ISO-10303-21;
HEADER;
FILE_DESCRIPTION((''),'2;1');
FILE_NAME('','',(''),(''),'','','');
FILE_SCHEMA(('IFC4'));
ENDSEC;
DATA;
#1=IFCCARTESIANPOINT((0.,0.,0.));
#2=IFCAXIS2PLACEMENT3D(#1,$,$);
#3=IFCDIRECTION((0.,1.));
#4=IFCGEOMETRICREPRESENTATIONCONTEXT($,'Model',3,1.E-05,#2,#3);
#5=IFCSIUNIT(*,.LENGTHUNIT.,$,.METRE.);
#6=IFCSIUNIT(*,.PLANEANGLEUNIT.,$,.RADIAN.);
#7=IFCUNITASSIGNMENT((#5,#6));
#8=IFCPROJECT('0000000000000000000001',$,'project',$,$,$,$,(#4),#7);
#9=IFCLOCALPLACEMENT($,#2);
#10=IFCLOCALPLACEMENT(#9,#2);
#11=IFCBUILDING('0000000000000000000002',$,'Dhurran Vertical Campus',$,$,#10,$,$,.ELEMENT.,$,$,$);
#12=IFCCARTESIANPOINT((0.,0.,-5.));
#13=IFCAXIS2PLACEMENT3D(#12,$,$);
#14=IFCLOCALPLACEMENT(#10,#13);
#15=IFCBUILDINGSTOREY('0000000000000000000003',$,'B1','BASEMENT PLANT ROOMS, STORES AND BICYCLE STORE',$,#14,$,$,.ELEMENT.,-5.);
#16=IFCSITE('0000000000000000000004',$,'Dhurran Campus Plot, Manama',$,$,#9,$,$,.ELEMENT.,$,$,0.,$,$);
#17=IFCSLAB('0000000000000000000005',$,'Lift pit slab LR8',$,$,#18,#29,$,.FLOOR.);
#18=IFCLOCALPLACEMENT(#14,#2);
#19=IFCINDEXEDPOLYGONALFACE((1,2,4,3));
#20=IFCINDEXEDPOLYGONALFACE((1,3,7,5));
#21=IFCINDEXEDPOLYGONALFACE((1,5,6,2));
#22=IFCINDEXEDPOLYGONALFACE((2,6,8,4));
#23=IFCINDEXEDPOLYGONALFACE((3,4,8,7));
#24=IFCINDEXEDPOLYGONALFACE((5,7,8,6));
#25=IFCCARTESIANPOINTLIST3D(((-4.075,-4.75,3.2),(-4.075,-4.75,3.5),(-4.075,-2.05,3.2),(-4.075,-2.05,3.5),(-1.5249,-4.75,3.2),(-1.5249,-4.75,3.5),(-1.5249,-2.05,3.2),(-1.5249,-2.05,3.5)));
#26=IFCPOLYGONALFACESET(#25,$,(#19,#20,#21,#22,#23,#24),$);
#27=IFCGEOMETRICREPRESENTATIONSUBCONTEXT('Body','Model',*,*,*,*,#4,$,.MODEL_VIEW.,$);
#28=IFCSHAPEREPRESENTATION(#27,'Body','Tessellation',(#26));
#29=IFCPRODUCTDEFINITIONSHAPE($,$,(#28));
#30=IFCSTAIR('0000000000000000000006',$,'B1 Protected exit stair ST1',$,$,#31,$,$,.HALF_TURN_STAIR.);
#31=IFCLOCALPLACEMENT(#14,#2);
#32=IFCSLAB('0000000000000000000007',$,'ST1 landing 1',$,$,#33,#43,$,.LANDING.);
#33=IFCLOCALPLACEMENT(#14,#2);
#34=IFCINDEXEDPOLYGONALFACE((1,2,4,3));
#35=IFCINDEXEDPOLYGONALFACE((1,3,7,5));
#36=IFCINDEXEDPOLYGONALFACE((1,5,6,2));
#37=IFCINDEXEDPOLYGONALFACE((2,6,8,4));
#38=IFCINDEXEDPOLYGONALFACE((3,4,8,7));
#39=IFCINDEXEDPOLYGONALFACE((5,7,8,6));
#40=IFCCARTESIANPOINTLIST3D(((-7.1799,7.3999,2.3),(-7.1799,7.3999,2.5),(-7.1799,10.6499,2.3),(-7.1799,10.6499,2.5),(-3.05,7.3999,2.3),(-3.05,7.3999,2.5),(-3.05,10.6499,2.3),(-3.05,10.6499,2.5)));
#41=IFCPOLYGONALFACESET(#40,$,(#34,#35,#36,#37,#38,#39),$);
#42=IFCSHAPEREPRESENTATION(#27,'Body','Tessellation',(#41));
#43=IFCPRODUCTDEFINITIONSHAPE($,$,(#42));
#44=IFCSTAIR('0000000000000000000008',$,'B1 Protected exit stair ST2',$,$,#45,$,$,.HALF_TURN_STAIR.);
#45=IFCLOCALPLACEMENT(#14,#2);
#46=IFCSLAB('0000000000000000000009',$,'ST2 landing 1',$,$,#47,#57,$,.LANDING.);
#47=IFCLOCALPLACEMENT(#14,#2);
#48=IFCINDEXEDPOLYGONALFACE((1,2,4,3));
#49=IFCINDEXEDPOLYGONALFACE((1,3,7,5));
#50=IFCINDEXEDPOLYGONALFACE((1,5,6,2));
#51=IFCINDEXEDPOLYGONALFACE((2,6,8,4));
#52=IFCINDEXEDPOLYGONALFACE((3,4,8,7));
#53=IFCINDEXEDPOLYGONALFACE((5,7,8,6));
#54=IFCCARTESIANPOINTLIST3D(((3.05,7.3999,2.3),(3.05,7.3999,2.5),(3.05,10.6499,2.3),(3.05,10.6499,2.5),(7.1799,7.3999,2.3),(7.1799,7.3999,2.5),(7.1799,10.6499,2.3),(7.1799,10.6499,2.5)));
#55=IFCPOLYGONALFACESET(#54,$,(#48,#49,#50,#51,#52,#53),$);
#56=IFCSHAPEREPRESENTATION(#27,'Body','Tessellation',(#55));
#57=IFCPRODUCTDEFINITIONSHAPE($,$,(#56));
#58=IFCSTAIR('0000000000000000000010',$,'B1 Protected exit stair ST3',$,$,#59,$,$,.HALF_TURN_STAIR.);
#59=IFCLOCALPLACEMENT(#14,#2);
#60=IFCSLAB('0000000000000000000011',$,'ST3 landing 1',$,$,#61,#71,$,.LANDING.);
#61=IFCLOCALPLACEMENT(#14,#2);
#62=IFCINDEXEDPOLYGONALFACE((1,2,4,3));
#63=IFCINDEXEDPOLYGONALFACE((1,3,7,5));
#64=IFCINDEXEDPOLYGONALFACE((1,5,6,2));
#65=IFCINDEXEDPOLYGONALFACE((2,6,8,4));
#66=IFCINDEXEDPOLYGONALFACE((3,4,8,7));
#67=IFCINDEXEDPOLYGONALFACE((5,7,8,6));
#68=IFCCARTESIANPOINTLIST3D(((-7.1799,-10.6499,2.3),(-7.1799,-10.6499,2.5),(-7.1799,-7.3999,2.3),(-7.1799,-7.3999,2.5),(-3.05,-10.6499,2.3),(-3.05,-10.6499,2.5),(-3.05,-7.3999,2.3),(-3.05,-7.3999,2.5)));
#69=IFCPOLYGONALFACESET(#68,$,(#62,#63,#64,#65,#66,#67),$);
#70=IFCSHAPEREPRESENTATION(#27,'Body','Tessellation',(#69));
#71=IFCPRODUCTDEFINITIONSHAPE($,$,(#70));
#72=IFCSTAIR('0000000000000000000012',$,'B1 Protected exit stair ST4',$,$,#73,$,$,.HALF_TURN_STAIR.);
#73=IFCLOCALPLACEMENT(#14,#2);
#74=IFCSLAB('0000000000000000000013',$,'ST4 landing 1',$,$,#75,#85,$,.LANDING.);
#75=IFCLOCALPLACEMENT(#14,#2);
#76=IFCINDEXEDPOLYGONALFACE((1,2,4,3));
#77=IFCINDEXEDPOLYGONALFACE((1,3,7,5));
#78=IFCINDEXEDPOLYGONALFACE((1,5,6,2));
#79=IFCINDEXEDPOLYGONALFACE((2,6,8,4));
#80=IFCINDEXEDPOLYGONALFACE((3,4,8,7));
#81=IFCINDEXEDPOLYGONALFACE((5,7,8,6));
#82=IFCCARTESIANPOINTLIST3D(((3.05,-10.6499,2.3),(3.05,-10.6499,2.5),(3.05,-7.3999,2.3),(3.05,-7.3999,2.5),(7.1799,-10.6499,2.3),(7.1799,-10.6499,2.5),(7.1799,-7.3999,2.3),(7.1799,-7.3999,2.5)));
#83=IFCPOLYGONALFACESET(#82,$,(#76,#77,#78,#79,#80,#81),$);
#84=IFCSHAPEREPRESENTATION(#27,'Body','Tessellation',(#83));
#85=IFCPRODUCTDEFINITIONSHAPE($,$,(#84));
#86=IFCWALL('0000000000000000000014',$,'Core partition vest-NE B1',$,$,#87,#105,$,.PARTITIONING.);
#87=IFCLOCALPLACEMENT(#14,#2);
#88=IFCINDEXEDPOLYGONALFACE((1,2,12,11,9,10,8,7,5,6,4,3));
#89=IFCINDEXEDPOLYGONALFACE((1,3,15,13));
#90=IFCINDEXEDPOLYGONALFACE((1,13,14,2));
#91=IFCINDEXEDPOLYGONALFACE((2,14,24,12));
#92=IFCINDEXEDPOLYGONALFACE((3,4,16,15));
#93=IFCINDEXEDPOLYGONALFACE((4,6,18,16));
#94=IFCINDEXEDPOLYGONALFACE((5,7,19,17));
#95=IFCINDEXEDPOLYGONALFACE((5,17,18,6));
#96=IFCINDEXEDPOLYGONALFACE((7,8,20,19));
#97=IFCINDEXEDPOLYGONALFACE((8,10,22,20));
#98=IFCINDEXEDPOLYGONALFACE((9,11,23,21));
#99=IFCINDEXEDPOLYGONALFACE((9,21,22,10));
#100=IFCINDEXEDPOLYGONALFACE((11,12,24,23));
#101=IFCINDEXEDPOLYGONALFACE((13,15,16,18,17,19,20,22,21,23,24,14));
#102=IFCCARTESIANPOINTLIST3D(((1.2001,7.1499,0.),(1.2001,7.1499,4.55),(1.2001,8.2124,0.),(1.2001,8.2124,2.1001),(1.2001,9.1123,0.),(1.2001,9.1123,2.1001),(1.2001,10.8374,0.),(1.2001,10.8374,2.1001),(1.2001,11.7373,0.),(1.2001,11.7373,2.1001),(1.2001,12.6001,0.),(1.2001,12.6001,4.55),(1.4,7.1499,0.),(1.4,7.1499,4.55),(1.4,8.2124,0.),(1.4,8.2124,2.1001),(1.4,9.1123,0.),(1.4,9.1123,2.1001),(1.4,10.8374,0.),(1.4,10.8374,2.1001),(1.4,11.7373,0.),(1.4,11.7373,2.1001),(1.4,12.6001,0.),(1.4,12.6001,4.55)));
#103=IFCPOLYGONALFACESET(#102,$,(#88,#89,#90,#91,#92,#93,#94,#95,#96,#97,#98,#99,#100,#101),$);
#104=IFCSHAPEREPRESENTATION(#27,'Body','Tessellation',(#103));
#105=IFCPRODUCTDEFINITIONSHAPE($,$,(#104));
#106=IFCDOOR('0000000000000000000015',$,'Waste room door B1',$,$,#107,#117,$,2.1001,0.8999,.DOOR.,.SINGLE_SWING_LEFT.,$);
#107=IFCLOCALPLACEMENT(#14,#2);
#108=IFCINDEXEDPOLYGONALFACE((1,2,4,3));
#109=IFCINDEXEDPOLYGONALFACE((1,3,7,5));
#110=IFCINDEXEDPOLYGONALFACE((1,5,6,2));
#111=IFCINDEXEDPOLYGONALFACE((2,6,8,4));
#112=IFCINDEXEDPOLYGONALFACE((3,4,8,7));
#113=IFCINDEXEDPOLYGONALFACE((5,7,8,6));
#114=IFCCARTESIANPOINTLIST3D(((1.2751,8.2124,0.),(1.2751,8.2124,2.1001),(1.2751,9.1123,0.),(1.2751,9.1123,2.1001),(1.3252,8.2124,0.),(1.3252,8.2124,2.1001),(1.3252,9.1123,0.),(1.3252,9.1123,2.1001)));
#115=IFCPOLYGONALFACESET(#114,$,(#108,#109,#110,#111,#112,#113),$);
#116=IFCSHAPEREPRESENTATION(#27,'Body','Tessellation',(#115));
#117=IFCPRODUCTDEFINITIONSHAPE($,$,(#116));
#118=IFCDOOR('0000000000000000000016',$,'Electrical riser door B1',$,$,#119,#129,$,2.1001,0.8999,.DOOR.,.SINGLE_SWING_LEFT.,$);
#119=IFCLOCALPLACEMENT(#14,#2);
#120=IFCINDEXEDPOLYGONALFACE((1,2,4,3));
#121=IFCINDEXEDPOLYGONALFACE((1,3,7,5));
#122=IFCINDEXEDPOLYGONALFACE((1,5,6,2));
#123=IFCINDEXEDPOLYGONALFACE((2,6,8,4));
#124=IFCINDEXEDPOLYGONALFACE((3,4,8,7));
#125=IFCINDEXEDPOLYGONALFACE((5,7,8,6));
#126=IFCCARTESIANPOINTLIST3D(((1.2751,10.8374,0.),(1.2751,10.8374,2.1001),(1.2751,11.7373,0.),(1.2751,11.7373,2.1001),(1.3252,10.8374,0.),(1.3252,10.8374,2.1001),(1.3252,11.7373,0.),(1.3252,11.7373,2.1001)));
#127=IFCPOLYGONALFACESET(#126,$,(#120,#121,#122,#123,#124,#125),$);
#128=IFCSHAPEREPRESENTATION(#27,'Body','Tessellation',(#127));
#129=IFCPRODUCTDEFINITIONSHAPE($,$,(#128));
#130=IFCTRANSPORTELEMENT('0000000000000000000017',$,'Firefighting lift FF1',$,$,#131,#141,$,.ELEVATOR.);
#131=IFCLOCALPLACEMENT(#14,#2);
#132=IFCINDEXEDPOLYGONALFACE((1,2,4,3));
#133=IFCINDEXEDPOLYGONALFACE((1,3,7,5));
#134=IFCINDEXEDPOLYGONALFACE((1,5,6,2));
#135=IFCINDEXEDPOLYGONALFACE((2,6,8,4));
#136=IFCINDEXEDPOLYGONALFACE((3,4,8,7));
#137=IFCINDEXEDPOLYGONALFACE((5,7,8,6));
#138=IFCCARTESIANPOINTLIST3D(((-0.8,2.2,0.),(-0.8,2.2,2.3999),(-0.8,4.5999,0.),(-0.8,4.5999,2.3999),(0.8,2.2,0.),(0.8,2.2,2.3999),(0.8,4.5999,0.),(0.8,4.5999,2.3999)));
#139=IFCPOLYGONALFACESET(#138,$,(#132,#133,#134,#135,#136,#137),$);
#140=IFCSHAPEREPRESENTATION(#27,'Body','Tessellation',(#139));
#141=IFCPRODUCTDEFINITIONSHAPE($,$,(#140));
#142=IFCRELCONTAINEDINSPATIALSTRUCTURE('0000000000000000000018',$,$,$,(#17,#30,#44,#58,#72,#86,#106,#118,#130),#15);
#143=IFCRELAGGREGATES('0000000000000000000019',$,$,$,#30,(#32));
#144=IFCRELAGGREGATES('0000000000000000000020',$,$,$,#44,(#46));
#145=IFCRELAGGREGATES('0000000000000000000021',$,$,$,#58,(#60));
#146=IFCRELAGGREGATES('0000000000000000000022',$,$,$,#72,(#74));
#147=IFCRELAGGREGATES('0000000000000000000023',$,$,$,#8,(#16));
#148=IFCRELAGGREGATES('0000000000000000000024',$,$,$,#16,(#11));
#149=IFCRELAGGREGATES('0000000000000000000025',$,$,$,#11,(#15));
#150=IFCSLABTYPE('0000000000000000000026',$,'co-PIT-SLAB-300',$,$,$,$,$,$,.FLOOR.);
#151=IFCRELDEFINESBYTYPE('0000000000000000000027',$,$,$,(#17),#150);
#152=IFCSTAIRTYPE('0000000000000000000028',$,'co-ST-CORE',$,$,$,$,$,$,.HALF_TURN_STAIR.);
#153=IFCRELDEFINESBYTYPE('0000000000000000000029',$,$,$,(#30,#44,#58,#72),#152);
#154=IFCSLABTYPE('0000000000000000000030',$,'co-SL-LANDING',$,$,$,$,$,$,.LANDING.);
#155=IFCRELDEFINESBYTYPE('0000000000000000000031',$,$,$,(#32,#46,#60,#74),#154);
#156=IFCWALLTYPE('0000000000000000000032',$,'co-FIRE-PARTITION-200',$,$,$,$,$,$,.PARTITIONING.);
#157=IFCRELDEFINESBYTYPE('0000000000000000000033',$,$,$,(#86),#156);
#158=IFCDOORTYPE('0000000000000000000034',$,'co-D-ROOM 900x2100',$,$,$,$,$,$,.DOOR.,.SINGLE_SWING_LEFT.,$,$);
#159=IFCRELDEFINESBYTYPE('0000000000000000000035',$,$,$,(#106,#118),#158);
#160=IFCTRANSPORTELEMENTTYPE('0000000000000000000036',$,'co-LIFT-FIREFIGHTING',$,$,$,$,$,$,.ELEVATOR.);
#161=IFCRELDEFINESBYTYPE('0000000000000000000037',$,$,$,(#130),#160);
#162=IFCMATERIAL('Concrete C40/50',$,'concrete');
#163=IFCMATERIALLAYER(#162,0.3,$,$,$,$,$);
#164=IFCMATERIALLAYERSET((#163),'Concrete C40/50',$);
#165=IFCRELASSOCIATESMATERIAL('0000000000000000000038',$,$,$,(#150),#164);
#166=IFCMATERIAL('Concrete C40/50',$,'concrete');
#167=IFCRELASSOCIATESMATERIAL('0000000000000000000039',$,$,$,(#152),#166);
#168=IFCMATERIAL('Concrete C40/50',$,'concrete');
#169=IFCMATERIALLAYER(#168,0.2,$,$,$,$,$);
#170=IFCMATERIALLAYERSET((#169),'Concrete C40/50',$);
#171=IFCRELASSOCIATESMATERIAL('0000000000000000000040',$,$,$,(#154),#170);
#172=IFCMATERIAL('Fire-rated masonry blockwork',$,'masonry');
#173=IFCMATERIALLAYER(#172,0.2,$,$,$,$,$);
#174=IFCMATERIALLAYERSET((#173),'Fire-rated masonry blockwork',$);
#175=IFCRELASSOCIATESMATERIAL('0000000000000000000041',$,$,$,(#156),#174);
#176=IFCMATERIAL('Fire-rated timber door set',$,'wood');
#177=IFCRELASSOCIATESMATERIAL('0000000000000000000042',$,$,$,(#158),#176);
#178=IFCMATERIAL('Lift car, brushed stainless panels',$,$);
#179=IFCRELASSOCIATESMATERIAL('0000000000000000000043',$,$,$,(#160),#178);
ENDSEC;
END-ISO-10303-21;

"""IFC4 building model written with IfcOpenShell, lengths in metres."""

from ifc_helpers import new_model, si_unit, direction, frame, frame_2d, origin, origin_2d, place, context, subcontext, project, spatial, polyline, rectangle, outline, extrude, material, layer, layer_set, type_object, element, fill, aggregate, save


model = new_model("IFC4")

# Units and contexts
model_context = context("Model", 3, precision=1e-05, world=origin(), true_north=direction((0.0, 1.0)))
body_context = subcontext(model_context, "Body", "Model", "MODEL_VIEW")
ifc_project = project(units=[si_unit("LENGTHUNIT", "METRE"), si_unit("PLANEANGLEUNIT", "RADIAN")], contexts=[model_context])

# Site, building, storey
site_placement = place(None, origin())
site = spatial("IfcSite", under=ifc_project, at=site_placement, Name="Dhurran Campus Plot, Manama", CompositionType="ELEMENT", RefElevation=0.0)
building_placement = place(site_placement, origin())
building = spatial("IfcBuilding", under=site, at=building_placement, Name="Dhurran Vertical Campus", CompositionType="ELEMENT")
storey_placement = place(building_placement, frame((0.0, 0.0, -5.0)))
storey = spatial("IfcBuildingStorey", under=building, at=storey_placement, Name="B1", Description="BASEMENT PLANT ROOMS, STORES AND BICYCLE STORE", CompositionType="ELEMENT", Elevation=-5.0)

# Slab
ifc_material_1 = material(Name="Concrete C40/50", Category="concrete")
ifc_layer_1 = layer(ifc_material_1, 0.3)
ifc_layer_set_1 = layer_set([ifc_layer_1], Name="Concrete C40/50")
slab_type_1 = type_object("IfcSlabType", Name="co-PIT-SLAB-300", PredefinedType="FLOOR", material=ifc_layer_set_1)
slab_1_placement = place(storey_placement, frame((0.0, 0.0, 3.2)))
element("IfcSlab", 1, at=slab_1_placement, inside=storey, type_object=slab_type_1, Name="Lift pit slab LR8", PredefinedType="FLOOR", context=body_context, shape_type="SweptSolid", body=[
    extrude(outline(polyline([(-4.075, -4.75), (-1.5249, -4.75), (-1.5249, -2.05), (-4.075, -2.05), (-4.075, -4.75)])), origin(), (0.0, 0.0, 1.0), 0.3),
])

# Stairs, slabs
ifc_material_2 = material(Name="Concrete C40/50", Category="concrete")
stair_type = type_object("IfcStairType", Name="co-ST-CORE", PredefinedType="HALF_TURN_STAIR", material=ifc_material_2)
stair_1_placement = place(storey_placement, origin())
stair_1 = element("IfcStair", 2, at=stair_1_placement, inside=storey, type_object=stair_type, Name="B1 Protected exit stair ST1", PredefinedType="HALF_TURN_STAIR")
ifc_material_3 = material(Name="Concrete C40/50", Category="concrete")
ifc_layer_2 = layer(ifc_material_3, 0.2)
ifc_layer_set_2 = layer_set([ifc_layer_2], Name="Concrete C40/50")
slab_type_2 = type_object("IfcSlabType", Name="co-SL-LANDING", PredefinedType="LANDING", material=ifc_layer_set_2)
slab_2_placement = place(storey_placement, frame((0.0, 0.0, 2.3)))
slab_2 = element("IfcSlab", 3, at=slab_2_placement, type_object=slab_type_2, Name="ST1 landing 1", PredefinedType="LANDING", context=body_context, shape_type="SweptSolid", body=[
    extrude(outline(polyline([(-7.1799, 7.3999), (-3.05, 7.3999), (-3.05, 10.6499), (-7.1799, 10.6499), (-7.1799, 7.3999)])), origin(), (0.0, 0.0, 1.0), 0.2),
])
aggregate(stair_1, [slab_2])
stair_2_placement = place(storey_placement, origin())
stair_2 = element("IfcStair", 4, at=stair_2_placement, inside=storey, type_object=stair_type, Name="B1 Protected exit stair ST2", PredefinedType="HALF_TURN_STAIR")
slab_3_placement = place(storey_placement, frame((0.0, 0.0, 2.3)))
slab_3 = element("IfcSlab", 5, at=slab_3_placement, type_object=slab_type_2, Name="ST2 landing 1", PredefinedType="LANDING", context=body_context, shape_type="SweptSolid", body=[
    extrude(outline(polyline([(7.1799, 10.6499), (3.05, 10.6499), (3.05, 7.3999), (7.1799, 7.3999), (7.1799, 10.6499)])), origin(), (0.0, 0.0, 1.0), 0.2),
])
aggregate(stair_2, [slab_3])
stair_3_placement = place(storey_placement, origin())
stair_3 = element("IfcStair", 6, at=stair_3_placement, inside=storey, type_object=stair_type, Name="B1 Protected exit stair ST3", PredefinedType="HALF_TURN_STAIR")
slab_4_placement = place(storey_placement, frame((0.0, 0.0, 2.3)))
slab_4 = element("IfcSlab", 7, at=slab_4_placement, type_object=slab_type_2, Name="ST3 landing 1", PredefinedType="LANDING", context=body_context, shape_type="SweptSolid", body=[
    extrude(outline(polyline([(-7.1799, -10.6499), (-3.05, -10.6499), (-3.05, -7.3999), (-7.1799, -7.3999), (-7.1799, -10.6499)])), origin(), (0.0, 0.0, 1.0), 0.2),
])
aggregate(stair_3, [slab_4])
stair_4_placement = place(storey_placement, origin())
stair_4 = element("IfcStair", 8, at=stair_4_placement, inside=storey, type_object=stair_type, Name="B1 Protected exit stair ST4", PredefinedType="HALF_TURN_STAIR")
slab_5_placement = place(storey_placement, frame((0.0, 0.0, 2.3)))
slab_5 = element("IfcSlab", 9, at=slab_5_placement, type_object=slab_type_2, Name="ST4 landing 1", PredefinedType="LANDING", context=body_context, shape_type="SweptSolid", body=[
    extrude(outline(polyline([(7.1799, -7.3999), (3.05, -7.3999), (3.05, -10.6499), (7.1799, -10.6499), (7.1799, -7.3999)])), origin(), (0.0, 0.0, 1.0), 0.2),
])
aggregate(stair_4, [slab_5])

# Wall, openings, doors
ifc_material_4 = material(Name="Fire-rated masonry blockwork", Category="masonry")
ifc_layer_3 = layer(ifc_material_4, 0.2)
ifc_layer_set_3 = layer_set([ifc_layer_3], Name="Fire-rated masonry blockwork")
wall_type = type_object("IfcWallType", Name="co-FIRE-PARTITION-200", PredefinedType="PARTITIONING", material=ifc_layer_set_3)
wall_placement = place(storey_placement, frame((1.3, 7.1499, 0.0), z_axis=(0.0, 0.0, 1.0), x_axis=(0.0, 1.0, 0.0)))
wall = element("IfcWall", 10, at=wall_placement, inside=storey, type_object=wall_type, Name="Core partition vest-NE B1", PredefinedType="PARTITIONING", context=body_context, shape_type="SweptSolid", body=[
    extrude(rectangle(XDim=5.4502, YDim=0.2, at=frame_2d((2.7251, 0.0))), origin(), (0.0, 0.0, 1.0), 4.55),
])
opening_1_placement = place(wall_placement, frame((1.0625, 0.0, 0.0)))
opening_1 = element("IfcOpeningElement", 11, at=opening_1_placement, cuts=wall, PredefinedType="OPENING", context=body_context, shape_type="SweptSolid", body=[
    extrude(rectangle(XDim=0.8999, YDim=2.1001, at=frame_2d((0.45, 1.05))), frame((0.0, 0.1099, 0.0), z_axis=(0.0, -1.0, 0.0), x_axis=(1.0, 0.0, 0.0)), (0.0, 0.0, 1.0), 0.22),
])
opening_2_placement = place(wall_placement, frame((3.6875, 0.0, 0.0)))
opening_2 = element("IfcOpeningElement", 12, at=opening_2_placement, cuts=wall, PredefinedType="OPENING", context=body_context, shape_type="SweptSolid", body=[
    extrude(rectangle(XDim=0.8999, YDim=2.1001, at=frame_2d((0.45, 1.05))), frame((0.0, 0.1099, 0.0), z_axis=(0.0, -1.0, 0.0), x_axis=(1.0, 0.0, 0.0)), (0.0, 0.0, 1.0), 0.22),
])
ifc_material_5 = material(Name="Fire-rated timber door set", Category="wood")
door_type = type_object("IfcDoorType", Name="co-D-ROOM 900x2100", OperationType="SINGLE_SWING_LEFT", PredefinedType="DOOR", material=ifc_material_5)
door_1_placement = place(opening_1_placement, origin())
door_1 = element("IfcDoor", 13, at=door_1_placement, inside=storey, type_object=door_type, Name="Waste room door B1", OperationType="SINGLE_SWING_LEFT", OverallHeight=2.1001, OverallWidth=0.8999, PredefinedType="DOOR", context=body_context, shape_type="SweptSolid", body=[
    extrude(rectangle(XDim=0.8999, YDim=2.1001, at=frame_2d((0.45, 1.05))), frame((0.0, 0.0249, 0.0), z_axis=(0.0, -1.0, 0.0), x_axis=(1.0, 0.0, 0.0)), (0.0, 0.0, 1.0), 0.05),
])
fill(opening_1, door_1)
door_2_placement = place(opening_2_placement, origin())
door_2 = element("IfcDoor", 14, at=door_2_placement, inside=storey, type_object=door_type, Name="Electrical riser door B1", OperationType="SINGLE_SWING_LEFT", OverallHeight=2.1001, OverallWidth=0.8999, PredefinedType="DOOR", context=body_context, shape_type="SweptSolid", body=[
    extrude(rectangle(XDim=0.8999, YDim=2.1001, at=frame_2d((0.45, 1.05))), frame((0.0, 0.0249, 0.0), z_axis=(0.0, -1.0, 0.0), x_axis=(1.0, 0.0, 0.0)), (0.0, 0.0, 1.0), 0.05),
])
fill(opening_2, door_2)

# Transport element
ifc_material_6 = material(Name="Lift car, brushed stainless panels")
transport_element_type = type_object("IfcTransportElementType", Name="co-LIFT-FIREFIGHTING", PredefinedType="ELEVATOR", material=ifc_material_6)
transport_element_placement = place(storey_placement, frame((0.0, 3.3999, 0.0), z_axis=(0.0, 0.0, 1.0), x_axis=(1.0, 0.0, 0.0)))
element("IfcTransportElement", 15, at=transport_element_placement, inside=storey, type_object=transport_element_type, Name="Firefighting lift FF1", PredefinedType="ELEVATOR", context=body_context, shape_type="SweptSolid", body=[
    extrude(rectangle(XDim=1.6001, YDim=2.3999, at=origin_2d()), origin(), (0.0, 0.0, 1.0), 2.3999),
])

save(model, "model.ifc")
